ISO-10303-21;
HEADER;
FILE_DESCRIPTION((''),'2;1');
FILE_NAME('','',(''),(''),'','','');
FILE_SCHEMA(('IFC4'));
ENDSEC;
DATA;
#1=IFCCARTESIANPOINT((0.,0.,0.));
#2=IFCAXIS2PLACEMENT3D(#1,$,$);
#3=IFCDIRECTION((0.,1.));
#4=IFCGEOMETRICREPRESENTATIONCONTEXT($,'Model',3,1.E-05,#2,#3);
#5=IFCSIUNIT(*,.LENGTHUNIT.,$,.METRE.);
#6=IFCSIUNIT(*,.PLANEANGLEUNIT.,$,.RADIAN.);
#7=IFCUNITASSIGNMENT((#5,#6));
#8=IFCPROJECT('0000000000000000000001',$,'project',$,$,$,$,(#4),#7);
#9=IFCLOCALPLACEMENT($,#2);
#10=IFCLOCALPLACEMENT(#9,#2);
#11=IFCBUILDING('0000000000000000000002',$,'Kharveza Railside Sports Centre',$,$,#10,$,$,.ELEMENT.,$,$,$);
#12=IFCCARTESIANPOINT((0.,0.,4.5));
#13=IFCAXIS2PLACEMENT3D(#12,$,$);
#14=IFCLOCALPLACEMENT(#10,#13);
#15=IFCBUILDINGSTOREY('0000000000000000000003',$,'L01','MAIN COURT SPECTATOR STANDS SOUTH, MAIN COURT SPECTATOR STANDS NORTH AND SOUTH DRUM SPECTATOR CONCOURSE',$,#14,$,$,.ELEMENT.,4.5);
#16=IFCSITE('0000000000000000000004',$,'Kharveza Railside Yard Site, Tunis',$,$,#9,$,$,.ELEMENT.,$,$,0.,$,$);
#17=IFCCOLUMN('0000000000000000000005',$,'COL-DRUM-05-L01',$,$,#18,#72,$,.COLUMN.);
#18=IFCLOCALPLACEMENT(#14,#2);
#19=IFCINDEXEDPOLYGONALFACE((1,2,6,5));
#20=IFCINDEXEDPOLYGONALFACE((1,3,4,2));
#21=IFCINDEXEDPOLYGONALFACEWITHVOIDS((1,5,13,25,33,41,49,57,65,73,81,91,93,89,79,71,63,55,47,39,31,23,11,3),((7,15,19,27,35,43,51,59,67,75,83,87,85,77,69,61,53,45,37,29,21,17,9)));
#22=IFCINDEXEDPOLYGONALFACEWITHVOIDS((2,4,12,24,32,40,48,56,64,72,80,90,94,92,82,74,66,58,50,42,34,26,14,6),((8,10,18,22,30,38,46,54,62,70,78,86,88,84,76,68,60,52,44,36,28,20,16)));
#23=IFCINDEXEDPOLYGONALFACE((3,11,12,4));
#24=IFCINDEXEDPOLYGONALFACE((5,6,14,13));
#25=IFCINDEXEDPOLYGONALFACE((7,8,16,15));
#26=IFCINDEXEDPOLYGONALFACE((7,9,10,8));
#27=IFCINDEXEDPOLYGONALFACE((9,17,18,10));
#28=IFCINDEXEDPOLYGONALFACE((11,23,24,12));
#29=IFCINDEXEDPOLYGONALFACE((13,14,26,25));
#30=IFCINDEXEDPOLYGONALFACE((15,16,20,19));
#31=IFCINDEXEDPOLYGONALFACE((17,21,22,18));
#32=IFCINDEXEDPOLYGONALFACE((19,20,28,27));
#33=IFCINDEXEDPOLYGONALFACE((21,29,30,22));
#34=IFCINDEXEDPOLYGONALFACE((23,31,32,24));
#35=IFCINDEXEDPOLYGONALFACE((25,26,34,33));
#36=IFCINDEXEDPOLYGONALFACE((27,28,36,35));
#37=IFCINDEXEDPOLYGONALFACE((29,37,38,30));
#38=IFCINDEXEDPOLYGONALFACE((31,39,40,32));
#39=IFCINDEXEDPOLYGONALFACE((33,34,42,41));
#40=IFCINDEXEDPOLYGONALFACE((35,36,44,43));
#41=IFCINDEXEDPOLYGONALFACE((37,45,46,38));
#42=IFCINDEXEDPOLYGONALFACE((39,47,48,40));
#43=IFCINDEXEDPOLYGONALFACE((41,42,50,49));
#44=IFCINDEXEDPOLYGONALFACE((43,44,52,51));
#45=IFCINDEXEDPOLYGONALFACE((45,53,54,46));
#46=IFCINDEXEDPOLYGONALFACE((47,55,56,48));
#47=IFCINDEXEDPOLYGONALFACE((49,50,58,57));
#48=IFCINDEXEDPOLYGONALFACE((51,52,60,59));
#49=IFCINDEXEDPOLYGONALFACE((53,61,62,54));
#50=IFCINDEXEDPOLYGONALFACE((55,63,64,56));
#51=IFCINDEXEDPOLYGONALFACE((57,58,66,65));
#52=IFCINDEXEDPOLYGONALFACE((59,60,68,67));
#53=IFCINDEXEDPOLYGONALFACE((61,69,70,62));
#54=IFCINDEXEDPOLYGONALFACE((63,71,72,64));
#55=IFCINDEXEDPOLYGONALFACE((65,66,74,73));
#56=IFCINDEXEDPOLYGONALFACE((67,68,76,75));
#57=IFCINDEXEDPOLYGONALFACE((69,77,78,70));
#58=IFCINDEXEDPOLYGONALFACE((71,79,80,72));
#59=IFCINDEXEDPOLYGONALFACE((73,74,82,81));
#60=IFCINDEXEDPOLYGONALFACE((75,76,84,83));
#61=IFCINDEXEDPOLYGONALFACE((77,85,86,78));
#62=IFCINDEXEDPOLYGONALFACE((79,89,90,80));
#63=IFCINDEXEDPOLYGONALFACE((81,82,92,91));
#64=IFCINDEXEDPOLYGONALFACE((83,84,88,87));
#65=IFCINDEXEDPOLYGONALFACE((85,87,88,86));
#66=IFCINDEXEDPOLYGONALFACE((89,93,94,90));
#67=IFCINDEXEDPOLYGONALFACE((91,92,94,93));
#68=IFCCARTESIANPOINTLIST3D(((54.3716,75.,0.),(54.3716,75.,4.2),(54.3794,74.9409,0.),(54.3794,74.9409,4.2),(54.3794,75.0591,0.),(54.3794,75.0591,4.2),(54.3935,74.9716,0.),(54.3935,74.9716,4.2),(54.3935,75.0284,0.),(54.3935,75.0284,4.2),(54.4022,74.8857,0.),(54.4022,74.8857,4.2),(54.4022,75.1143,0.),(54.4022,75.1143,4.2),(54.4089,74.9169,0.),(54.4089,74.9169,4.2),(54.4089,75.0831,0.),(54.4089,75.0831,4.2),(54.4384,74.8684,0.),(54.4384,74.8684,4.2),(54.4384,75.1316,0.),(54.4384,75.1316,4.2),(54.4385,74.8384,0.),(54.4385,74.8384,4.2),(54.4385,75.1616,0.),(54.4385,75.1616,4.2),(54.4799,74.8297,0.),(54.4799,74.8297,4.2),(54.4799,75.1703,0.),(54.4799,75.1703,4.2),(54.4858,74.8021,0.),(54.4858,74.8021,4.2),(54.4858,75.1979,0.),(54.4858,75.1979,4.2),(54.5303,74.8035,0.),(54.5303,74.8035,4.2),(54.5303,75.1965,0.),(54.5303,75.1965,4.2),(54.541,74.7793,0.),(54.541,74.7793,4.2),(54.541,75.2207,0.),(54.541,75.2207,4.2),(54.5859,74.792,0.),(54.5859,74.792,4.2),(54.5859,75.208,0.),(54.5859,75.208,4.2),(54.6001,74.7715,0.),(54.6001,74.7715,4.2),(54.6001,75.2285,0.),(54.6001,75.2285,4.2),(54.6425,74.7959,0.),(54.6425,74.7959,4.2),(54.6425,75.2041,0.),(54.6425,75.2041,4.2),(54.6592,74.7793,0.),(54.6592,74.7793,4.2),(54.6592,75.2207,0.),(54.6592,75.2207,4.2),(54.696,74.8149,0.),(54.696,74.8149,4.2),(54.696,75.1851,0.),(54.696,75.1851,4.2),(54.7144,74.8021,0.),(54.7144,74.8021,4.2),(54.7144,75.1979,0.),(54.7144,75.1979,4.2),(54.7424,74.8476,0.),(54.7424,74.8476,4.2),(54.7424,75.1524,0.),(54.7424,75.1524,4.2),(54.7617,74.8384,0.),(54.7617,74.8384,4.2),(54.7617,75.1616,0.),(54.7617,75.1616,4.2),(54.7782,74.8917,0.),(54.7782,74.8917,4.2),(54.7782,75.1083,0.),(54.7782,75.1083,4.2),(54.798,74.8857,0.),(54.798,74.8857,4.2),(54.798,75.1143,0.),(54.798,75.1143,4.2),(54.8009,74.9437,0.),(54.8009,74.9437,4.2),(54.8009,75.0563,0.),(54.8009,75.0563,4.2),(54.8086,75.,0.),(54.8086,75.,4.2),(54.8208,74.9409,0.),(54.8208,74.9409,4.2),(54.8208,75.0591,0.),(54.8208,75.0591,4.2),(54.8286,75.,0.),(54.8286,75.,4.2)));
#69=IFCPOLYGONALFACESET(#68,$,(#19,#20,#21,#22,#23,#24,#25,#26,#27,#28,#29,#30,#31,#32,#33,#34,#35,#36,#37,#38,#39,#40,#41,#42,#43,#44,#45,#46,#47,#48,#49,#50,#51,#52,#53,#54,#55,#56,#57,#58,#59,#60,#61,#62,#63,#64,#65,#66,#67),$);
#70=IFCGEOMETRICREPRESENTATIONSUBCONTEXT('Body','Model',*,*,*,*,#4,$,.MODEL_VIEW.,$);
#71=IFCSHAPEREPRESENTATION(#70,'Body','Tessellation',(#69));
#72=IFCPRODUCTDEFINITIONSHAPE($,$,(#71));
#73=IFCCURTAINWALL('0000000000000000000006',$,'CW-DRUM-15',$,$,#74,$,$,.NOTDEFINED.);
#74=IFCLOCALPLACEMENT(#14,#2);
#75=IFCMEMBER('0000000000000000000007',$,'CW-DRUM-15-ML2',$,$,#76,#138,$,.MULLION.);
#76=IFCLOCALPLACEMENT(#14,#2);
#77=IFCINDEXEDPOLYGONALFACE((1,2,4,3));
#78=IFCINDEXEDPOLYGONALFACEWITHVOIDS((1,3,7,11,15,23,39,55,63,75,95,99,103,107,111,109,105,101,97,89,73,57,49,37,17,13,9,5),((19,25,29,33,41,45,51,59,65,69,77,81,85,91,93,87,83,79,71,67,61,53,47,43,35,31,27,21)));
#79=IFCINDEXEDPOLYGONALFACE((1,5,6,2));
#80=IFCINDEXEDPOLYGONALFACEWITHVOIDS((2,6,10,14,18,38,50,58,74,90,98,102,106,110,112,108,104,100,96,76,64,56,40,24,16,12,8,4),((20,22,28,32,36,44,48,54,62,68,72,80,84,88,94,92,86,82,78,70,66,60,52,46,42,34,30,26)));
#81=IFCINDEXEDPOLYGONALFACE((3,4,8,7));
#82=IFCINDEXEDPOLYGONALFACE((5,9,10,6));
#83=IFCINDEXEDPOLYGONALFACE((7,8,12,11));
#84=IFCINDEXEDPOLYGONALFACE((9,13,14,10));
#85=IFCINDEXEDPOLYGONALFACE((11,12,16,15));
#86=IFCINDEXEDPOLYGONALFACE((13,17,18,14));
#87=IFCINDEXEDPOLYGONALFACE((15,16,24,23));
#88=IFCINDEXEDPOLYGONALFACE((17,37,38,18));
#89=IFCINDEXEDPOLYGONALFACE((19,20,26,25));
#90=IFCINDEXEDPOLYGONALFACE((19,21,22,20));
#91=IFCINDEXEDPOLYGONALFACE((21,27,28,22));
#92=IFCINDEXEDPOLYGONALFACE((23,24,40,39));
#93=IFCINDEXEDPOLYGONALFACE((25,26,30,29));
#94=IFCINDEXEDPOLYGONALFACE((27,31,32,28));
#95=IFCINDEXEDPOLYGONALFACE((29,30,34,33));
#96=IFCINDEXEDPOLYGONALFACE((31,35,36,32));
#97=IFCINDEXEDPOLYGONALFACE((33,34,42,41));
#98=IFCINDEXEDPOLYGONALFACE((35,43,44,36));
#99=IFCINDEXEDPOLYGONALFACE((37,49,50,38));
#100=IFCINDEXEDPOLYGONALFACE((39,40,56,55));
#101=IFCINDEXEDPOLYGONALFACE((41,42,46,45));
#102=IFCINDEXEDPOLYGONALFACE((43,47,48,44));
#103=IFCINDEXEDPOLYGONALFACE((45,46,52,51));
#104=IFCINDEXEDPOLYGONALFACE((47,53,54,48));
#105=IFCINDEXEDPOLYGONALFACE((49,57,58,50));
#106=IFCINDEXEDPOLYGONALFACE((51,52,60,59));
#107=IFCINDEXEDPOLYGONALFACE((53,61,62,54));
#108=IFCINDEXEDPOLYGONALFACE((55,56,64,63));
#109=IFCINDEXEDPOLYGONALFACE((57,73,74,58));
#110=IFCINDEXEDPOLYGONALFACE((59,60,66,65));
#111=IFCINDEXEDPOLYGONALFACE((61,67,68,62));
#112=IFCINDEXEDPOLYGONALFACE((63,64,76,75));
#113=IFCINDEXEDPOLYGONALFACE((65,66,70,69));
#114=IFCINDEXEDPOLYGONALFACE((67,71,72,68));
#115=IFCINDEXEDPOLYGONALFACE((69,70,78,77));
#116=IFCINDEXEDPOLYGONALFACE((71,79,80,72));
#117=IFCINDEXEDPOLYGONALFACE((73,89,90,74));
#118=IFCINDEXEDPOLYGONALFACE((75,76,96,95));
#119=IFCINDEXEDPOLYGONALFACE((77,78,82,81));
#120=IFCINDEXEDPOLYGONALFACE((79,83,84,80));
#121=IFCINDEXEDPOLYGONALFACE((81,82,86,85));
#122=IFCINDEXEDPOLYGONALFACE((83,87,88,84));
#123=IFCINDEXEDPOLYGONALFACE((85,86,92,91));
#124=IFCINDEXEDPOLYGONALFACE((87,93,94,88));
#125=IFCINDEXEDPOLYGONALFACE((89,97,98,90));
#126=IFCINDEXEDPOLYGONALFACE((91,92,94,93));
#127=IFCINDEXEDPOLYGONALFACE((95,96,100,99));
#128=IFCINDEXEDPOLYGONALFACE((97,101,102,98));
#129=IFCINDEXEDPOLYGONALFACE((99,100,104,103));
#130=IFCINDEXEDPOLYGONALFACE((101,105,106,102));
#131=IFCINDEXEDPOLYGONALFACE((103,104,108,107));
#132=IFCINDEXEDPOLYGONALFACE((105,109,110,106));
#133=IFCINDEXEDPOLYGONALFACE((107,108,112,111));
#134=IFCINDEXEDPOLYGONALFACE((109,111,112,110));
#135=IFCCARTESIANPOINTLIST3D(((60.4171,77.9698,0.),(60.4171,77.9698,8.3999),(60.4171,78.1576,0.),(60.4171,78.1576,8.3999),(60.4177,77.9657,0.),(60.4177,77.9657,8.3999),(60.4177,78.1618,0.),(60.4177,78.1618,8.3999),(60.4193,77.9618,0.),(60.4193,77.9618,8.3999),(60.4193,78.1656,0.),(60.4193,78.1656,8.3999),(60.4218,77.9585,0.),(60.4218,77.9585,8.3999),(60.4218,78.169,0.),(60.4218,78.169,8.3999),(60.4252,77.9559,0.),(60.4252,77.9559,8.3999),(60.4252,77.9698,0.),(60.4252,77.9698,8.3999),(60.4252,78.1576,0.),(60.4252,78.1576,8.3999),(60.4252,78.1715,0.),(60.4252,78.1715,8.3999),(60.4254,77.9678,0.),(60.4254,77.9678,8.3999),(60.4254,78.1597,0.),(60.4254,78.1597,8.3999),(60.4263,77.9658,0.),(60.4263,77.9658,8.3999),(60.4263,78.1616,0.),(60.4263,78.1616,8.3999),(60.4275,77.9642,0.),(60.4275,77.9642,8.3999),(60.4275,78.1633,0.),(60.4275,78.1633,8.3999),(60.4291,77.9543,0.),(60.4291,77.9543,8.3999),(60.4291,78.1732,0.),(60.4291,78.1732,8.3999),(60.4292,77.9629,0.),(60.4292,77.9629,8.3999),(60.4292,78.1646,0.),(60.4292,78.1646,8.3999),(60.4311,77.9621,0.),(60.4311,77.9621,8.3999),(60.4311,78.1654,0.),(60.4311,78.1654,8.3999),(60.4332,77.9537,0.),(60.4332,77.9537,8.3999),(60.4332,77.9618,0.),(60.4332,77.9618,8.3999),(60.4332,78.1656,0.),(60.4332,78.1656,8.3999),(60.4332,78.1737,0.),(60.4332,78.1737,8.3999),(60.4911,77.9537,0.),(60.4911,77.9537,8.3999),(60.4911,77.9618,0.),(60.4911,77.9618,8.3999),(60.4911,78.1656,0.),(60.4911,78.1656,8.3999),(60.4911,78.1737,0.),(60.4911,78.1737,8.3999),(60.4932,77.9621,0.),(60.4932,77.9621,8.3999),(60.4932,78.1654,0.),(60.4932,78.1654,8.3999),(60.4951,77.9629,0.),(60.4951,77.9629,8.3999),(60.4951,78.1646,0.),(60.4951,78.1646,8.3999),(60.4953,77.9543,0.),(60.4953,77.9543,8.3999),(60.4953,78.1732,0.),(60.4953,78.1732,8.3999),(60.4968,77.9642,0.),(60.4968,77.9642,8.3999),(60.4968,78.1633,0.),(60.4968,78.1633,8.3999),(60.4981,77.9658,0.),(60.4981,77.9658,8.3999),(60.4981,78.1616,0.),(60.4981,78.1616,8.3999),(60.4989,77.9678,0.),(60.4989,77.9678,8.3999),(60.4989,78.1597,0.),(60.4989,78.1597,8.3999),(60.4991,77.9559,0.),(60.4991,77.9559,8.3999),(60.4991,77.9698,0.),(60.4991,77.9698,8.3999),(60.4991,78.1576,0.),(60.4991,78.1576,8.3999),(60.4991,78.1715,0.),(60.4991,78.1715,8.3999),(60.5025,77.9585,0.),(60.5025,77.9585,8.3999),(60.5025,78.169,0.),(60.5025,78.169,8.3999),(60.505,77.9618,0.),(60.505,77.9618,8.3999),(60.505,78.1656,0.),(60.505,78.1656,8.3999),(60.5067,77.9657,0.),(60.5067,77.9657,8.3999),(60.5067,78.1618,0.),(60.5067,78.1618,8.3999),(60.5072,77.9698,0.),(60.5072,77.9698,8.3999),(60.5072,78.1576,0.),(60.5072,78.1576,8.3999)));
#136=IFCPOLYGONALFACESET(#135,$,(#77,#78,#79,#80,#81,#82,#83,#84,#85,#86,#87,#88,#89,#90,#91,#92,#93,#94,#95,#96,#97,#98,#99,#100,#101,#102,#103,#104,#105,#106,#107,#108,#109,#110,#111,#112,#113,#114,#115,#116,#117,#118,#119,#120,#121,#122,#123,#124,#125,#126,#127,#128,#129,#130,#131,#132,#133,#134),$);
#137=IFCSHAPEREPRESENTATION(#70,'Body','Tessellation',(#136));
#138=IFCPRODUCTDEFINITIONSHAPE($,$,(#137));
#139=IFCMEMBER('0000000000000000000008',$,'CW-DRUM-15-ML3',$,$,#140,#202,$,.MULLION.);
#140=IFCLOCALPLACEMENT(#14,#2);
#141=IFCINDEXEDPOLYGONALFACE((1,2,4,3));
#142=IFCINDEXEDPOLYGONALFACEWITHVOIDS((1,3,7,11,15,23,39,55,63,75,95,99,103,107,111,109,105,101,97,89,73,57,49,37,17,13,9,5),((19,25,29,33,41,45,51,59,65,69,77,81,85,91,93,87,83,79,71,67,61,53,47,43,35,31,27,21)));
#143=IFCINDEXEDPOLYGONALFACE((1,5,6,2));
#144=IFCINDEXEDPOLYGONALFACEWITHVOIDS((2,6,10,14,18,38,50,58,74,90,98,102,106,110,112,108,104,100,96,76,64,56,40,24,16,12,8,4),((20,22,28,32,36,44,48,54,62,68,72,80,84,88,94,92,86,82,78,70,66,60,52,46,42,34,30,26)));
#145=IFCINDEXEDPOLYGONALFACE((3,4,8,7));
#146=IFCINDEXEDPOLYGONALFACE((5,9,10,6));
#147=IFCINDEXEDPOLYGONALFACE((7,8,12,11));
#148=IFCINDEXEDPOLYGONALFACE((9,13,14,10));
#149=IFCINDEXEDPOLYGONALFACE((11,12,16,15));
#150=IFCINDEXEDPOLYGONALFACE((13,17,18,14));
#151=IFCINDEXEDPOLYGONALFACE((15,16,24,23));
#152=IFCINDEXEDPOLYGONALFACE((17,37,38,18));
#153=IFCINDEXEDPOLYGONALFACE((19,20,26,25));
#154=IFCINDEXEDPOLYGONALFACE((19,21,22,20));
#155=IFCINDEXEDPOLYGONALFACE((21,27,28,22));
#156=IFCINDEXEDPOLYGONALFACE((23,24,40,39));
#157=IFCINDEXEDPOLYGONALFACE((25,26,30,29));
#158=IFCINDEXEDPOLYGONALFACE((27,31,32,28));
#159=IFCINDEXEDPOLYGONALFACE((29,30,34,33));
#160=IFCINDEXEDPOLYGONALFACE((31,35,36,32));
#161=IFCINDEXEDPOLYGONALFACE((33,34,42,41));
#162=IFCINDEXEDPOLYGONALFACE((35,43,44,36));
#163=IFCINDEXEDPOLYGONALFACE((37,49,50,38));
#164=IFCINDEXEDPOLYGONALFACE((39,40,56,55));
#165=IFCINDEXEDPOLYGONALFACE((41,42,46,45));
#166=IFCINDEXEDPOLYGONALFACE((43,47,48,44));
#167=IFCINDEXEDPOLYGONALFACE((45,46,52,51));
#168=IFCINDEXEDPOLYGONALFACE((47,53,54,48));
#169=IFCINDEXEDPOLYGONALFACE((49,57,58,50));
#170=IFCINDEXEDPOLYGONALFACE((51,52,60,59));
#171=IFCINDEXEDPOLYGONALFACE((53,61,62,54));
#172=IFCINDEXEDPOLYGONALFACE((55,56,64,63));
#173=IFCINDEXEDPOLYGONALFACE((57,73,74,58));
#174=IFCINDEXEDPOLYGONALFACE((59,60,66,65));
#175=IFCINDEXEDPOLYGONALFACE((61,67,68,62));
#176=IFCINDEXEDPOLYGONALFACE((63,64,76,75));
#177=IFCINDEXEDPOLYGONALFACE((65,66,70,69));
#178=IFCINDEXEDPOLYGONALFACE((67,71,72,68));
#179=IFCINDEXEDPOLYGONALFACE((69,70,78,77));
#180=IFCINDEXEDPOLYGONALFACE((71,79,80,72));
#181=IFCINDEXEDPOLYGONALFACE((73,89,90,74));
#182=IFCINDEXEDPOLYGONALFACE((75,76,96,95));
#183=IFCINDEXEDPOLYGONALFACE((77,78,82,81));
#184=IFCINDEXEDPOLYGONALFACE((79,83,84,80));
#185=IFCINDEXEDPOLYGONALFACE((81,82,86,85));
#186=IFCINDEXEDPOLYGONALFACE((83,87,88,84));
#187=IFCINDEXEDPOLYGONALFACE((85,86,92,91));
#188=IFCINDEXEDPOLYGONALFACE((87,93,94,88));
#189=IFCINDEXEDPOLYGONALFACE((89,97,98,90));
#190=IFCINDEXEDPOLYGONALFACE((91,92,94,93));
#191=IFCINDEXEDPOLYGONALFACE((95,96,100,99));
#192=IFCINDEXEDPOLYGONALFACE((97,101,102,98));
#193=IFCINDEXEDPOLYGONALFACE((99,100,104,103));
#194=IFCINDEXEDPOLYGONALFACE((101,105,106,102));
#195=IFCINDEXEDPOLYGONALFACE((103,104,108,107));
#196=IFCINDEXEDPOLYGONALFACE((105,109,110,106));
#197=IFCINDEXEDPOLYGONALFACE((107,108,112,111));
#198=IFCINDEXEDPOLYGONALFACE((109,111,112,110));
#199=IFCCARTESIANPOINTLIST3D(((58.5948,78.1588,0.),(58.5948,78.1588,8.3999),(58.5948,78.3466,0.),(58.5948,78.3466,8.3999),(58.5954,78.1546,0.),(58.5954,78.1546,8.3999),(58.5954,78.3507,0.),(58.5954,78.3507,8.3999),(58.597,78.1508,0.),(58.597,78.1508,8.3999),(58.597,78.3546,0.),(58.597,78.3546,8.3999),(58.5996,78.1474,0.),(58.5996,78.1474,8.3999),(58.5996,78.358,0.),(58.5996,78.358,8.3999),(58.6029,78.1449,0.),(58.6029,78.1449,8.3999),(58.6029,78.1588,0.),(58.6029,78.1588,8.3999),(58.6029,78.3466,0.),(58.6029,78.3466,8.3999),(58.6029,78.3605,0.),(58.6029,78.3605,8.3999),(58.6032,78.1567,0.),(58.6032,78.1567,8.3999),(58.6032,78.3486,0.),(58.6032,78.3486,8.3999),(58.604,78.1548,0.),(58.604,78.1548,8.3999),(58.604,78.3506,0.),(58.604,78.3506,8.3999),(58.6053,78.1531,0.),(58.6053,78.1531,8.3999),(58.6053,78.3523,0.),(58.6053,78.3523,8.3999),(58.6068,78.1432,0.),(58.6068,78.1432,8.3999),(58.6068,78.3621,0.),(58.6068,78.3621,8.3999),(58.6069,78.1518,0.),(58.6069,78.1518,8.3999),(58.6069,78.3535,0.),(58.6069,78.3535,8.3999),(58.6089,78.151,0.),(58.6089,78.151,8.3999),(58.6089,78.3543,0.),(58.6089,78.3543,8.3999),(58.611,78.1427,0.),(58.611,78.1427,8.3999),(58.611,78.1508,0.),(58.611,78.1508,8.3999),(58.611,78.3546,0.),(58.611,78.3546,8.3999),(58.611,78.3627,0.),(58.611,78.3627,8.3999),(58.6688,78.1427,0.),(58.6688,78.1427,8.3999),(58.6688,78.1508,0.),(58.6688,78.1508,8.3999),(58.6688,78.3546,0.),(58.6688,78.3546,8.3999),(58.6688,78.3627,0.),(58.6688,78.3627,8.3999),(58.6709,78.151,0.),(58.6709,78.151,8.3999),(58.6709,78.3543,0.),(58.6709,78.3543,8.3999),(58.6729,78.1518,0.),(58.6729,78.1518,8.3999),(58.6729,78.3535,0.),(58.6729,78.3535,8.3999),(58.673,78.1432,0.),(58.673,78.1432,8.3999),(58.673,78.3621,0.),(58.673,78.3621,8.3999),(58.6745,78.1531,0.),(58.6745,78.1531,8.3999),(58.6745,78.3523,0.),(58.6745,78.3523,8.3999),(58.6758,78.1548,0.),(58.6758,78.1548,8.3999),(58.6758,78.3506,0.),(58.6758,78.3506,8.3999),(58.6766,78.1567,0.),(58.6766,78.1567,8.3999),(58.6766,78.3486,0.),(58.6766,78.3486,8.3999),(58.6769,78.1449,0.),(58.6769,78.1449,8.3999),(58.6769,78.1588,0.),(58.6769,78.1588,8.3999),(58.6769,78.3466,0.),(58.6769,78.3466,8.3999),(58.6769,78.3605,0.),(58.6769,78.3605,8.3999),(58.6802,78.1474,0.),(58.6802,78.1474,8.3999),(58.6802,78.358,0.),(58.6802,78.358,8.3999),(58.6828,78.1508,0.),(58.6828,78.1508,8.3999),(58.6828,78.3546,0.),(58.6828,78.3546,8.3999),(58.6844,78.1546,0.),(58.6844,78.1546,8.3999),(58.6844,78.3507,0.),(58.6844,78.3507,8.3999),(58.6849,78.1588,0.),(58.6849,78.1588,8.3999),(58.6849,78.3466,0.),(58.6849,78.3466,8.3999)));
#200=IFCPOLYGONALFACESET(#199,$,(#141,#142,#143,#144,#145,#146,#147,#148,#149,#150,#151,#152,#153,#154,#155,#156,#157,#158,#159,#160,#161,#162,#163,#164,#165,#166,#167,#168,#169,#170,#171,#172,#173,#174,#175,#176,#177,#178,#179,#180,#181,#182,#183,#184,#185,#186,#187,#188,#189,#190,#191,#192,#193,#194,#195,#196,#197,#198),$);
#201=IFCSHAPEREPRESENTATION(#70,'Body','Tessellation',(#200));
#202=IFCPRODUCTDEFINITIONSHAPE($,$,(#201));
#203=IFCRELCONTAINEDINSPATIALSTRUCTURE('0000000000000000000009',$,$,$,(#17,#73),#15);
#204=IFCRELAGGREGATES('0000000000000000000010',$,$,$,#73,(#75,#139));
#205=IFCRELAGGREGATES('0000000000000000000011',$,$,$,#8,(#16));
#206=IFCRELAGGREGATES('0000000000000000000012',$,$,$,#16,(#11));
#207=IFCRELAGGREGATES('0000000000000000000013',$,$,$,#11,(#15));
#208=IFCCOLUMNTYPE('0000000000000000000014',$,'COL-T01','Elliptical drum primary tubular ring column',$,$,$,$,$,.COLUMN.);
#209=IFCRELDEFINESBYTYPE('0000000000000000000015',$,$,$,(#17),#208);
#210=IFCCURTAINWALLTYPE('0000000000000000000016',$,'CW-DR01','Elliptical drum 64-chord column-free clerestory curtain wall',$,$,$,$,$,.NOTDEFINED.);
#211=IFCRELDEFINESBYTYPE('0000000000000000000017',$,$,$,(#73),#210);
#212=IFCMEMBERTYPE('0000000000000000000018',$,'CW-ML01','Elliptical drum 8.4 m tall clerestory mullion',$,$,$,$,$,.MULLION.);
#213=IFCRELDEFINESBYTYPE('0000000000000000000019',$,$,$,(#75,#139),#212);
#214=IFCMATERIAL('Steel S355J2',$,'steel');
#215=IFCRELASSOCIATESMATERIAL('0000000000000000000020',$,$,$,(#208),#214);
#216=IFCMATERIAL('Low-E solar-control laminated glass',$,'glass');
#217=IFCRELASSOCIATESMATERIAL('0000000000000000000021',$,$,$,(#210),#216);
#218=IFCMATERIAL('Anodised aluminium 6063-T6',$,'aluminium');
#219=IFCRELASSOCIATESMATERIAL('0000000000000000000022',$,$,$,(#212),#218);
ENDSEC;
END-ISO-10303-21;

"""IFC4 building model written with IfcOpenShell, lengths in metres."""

from ifc_helpers import new_model, si_unit, direction, frame, origin, origin_2d, place, context, subcontext, project, spatial, hollow_rectangle, hollow_circle, extrude, material, material_profile, profile_set, type_object, element, aggregate, save


model = new_model("IFC4")

# Units and contexts
model_context = context("Model", 3, precision=1e-05, world=origin(), true_north=direction((0.0, 1.0)))
body_context = subcontext(model_context, "Body", "Model", "MODEL_VIEW")
ifc_project = project(units=[si_unit("LENGTHUNIT", "METRE"), si_unit("PLANEANGLEUNIT", "RADIAN")], contexts=[model_context])

# Site, building, storey
site_placement = place(None, origin())
site = spatial("IfcSite", under=ifc_project, at=site_placement, Name="Kharveza Railside Yard Site, Tunis", CompositionType="ELEMENT", RefElevation=0.0)
building_placement = place(site_placement, origin())
building = spatial("IfcBuilding", under=site, at=building_placement, Name="Kharveza Railside Sports Centre", CompositionType="ELEMENT")
storey_placement = place(building_placement, frame((0.0, 0.0, 4.5)))
storey = spatial("IfcBuildingStorey", under=building, at=storey_placement, Name="L01", Description="MAIN COURT SPECTATOR STANDS SOUTH, MAIN COURT SPECTATOR STANDS NORTH AND SOUTH DRUM SPECTATOR CONCOURSE", CompositionType="ELEMENT", Elevation=4.5)

# Column
ifc_material_1 = material(Name="Steel S355J2", Category="steel")
ifc_material_profile_1 = material_profile(ifc_material_1, hollow_circle(Radius=0.2285, WallThickness=0.02, at=origin_2d()), Name="CHS 457.0x20.0")
ifc_profile_set_1 = profile_set([ifc_material_profile_1], Name="Steel S355J2")
column_type = type_object("IfcColumnType", Name="COL-T01", Description="Elliptical drum primary tubular ring column", PredefinedType="COLUMN", material=ifc_profile_set_1)
column_placement = place(storey_placement, frame((54.6001, 75.0, 0.0), z_axis=(0.0, 0.0, 1.0), x_axis=(1.0, 0.0, 0.0)))
element("IfcColumn", 1, at=column_placement, inside=storey, type_object=column_type, Name="COL-DRUM-05-L01", PredefinedType="COLUMN", context=body_context, shape_type="SweptSolid", body=[
    extrude(hollow_circle(Radius=0.2285, WallThickness=0.02, at=origin_2d()), origin(), (0.0, 0.0, 1.0), 4.2),
])

# Curtain wall, members
ifc_material_2 = material(Name="Low-E solar-control laminated glass", Category="glass")
curtain_wall_type = type_object("IfcCurtainWallType", Name="CW-DR01", Description="Elliptical drum 64-chord column-free clerestory curtain wall", PredefinedType="NOTDEFINED", material=ifc_material_2)
curtain_wall_1_placement = place(storey_placement, origin())
curtain_wall_1 = element("IfcCurtainWall", 2, at=curtain_wall_1_placement, inside=storey, type_object=curtain_wall_type, Name="CW-DRUM-15", PredefinedType="NOTDEFINED")
ifc_material_3 = material(Name="Anodised aluminium 6063-T6", Category="aluminium")
ifc_material_profile_2 = material_profile(ifc_material_3, hollow_rectangle(XDim=0.0901, YDim=0.22, WallThickness=0.0081, InnerFilletRadius=0.0081, OuterFilletRadius=0.0161, at=origin_2d()), Name="RHS 90x220x8.0")
ifc_profile_set_2 = profile_set([ifc_material_profile_2], Name="Anodised aluminium 6063-T6")
member_type_1 = type_object("IfcMemberType", Name="CW-ML01", Description="Elliptical drum 8.4 m tall clerestory mullion", PredefinedType="MULLION", material=ifc_profile_set_2)
member_1_placement = place(storey_placement, frame((60.4622, 78.0637, 0.0), z_axis=(0.0, 0.0, 1.0), x_axis=(1.0, 0.0, 0.0)))
member_1 = element("IfcMember", 3, at=member_1_placement, type_object=member_type_1, Name="CW-DRUM-15-ML2", PredefinedType="MULLION", context=body_context, shape_type="SweptSolid", body=[
    extrude(hollow_rectangle(XDim=0.0901, YDim=0.22, WallThickness=0.0081, InnerFilletRadius=0.0081, OuterFilletRadius=0.0161, at=origin_2d()), origin(), (0.0, 0.0, 1.0), 8.3999),
])
member_2_placement = place(storey_placement, frame((58.6399, 78.2527, 0.0), z_axis=(0.0, 0.0, 1.0), x_axis=(1.0, 0.0, 0.0)))
member_2 = element("IfcMember", 4, at=member_2_placement, type_object=member_type_1, Name="CW-DRUM-15-ML3", PredefinedType="MULLION", context=body_context, shape_type="SweptSolid", body=[
    extrude(hollow_rectangle(XDim=0.0901, YDim=0.22, WallThickness=0.0081, InnerFilletRadius=0.0081, OuterFilletRadius=0.0161, at=origin_2d()), origin(), (0.0, 0.0, 1.0), 8.3999),
])

aggregate(curtain_wall_1, [member_1, member_2])

save(model, "model.ifc")
